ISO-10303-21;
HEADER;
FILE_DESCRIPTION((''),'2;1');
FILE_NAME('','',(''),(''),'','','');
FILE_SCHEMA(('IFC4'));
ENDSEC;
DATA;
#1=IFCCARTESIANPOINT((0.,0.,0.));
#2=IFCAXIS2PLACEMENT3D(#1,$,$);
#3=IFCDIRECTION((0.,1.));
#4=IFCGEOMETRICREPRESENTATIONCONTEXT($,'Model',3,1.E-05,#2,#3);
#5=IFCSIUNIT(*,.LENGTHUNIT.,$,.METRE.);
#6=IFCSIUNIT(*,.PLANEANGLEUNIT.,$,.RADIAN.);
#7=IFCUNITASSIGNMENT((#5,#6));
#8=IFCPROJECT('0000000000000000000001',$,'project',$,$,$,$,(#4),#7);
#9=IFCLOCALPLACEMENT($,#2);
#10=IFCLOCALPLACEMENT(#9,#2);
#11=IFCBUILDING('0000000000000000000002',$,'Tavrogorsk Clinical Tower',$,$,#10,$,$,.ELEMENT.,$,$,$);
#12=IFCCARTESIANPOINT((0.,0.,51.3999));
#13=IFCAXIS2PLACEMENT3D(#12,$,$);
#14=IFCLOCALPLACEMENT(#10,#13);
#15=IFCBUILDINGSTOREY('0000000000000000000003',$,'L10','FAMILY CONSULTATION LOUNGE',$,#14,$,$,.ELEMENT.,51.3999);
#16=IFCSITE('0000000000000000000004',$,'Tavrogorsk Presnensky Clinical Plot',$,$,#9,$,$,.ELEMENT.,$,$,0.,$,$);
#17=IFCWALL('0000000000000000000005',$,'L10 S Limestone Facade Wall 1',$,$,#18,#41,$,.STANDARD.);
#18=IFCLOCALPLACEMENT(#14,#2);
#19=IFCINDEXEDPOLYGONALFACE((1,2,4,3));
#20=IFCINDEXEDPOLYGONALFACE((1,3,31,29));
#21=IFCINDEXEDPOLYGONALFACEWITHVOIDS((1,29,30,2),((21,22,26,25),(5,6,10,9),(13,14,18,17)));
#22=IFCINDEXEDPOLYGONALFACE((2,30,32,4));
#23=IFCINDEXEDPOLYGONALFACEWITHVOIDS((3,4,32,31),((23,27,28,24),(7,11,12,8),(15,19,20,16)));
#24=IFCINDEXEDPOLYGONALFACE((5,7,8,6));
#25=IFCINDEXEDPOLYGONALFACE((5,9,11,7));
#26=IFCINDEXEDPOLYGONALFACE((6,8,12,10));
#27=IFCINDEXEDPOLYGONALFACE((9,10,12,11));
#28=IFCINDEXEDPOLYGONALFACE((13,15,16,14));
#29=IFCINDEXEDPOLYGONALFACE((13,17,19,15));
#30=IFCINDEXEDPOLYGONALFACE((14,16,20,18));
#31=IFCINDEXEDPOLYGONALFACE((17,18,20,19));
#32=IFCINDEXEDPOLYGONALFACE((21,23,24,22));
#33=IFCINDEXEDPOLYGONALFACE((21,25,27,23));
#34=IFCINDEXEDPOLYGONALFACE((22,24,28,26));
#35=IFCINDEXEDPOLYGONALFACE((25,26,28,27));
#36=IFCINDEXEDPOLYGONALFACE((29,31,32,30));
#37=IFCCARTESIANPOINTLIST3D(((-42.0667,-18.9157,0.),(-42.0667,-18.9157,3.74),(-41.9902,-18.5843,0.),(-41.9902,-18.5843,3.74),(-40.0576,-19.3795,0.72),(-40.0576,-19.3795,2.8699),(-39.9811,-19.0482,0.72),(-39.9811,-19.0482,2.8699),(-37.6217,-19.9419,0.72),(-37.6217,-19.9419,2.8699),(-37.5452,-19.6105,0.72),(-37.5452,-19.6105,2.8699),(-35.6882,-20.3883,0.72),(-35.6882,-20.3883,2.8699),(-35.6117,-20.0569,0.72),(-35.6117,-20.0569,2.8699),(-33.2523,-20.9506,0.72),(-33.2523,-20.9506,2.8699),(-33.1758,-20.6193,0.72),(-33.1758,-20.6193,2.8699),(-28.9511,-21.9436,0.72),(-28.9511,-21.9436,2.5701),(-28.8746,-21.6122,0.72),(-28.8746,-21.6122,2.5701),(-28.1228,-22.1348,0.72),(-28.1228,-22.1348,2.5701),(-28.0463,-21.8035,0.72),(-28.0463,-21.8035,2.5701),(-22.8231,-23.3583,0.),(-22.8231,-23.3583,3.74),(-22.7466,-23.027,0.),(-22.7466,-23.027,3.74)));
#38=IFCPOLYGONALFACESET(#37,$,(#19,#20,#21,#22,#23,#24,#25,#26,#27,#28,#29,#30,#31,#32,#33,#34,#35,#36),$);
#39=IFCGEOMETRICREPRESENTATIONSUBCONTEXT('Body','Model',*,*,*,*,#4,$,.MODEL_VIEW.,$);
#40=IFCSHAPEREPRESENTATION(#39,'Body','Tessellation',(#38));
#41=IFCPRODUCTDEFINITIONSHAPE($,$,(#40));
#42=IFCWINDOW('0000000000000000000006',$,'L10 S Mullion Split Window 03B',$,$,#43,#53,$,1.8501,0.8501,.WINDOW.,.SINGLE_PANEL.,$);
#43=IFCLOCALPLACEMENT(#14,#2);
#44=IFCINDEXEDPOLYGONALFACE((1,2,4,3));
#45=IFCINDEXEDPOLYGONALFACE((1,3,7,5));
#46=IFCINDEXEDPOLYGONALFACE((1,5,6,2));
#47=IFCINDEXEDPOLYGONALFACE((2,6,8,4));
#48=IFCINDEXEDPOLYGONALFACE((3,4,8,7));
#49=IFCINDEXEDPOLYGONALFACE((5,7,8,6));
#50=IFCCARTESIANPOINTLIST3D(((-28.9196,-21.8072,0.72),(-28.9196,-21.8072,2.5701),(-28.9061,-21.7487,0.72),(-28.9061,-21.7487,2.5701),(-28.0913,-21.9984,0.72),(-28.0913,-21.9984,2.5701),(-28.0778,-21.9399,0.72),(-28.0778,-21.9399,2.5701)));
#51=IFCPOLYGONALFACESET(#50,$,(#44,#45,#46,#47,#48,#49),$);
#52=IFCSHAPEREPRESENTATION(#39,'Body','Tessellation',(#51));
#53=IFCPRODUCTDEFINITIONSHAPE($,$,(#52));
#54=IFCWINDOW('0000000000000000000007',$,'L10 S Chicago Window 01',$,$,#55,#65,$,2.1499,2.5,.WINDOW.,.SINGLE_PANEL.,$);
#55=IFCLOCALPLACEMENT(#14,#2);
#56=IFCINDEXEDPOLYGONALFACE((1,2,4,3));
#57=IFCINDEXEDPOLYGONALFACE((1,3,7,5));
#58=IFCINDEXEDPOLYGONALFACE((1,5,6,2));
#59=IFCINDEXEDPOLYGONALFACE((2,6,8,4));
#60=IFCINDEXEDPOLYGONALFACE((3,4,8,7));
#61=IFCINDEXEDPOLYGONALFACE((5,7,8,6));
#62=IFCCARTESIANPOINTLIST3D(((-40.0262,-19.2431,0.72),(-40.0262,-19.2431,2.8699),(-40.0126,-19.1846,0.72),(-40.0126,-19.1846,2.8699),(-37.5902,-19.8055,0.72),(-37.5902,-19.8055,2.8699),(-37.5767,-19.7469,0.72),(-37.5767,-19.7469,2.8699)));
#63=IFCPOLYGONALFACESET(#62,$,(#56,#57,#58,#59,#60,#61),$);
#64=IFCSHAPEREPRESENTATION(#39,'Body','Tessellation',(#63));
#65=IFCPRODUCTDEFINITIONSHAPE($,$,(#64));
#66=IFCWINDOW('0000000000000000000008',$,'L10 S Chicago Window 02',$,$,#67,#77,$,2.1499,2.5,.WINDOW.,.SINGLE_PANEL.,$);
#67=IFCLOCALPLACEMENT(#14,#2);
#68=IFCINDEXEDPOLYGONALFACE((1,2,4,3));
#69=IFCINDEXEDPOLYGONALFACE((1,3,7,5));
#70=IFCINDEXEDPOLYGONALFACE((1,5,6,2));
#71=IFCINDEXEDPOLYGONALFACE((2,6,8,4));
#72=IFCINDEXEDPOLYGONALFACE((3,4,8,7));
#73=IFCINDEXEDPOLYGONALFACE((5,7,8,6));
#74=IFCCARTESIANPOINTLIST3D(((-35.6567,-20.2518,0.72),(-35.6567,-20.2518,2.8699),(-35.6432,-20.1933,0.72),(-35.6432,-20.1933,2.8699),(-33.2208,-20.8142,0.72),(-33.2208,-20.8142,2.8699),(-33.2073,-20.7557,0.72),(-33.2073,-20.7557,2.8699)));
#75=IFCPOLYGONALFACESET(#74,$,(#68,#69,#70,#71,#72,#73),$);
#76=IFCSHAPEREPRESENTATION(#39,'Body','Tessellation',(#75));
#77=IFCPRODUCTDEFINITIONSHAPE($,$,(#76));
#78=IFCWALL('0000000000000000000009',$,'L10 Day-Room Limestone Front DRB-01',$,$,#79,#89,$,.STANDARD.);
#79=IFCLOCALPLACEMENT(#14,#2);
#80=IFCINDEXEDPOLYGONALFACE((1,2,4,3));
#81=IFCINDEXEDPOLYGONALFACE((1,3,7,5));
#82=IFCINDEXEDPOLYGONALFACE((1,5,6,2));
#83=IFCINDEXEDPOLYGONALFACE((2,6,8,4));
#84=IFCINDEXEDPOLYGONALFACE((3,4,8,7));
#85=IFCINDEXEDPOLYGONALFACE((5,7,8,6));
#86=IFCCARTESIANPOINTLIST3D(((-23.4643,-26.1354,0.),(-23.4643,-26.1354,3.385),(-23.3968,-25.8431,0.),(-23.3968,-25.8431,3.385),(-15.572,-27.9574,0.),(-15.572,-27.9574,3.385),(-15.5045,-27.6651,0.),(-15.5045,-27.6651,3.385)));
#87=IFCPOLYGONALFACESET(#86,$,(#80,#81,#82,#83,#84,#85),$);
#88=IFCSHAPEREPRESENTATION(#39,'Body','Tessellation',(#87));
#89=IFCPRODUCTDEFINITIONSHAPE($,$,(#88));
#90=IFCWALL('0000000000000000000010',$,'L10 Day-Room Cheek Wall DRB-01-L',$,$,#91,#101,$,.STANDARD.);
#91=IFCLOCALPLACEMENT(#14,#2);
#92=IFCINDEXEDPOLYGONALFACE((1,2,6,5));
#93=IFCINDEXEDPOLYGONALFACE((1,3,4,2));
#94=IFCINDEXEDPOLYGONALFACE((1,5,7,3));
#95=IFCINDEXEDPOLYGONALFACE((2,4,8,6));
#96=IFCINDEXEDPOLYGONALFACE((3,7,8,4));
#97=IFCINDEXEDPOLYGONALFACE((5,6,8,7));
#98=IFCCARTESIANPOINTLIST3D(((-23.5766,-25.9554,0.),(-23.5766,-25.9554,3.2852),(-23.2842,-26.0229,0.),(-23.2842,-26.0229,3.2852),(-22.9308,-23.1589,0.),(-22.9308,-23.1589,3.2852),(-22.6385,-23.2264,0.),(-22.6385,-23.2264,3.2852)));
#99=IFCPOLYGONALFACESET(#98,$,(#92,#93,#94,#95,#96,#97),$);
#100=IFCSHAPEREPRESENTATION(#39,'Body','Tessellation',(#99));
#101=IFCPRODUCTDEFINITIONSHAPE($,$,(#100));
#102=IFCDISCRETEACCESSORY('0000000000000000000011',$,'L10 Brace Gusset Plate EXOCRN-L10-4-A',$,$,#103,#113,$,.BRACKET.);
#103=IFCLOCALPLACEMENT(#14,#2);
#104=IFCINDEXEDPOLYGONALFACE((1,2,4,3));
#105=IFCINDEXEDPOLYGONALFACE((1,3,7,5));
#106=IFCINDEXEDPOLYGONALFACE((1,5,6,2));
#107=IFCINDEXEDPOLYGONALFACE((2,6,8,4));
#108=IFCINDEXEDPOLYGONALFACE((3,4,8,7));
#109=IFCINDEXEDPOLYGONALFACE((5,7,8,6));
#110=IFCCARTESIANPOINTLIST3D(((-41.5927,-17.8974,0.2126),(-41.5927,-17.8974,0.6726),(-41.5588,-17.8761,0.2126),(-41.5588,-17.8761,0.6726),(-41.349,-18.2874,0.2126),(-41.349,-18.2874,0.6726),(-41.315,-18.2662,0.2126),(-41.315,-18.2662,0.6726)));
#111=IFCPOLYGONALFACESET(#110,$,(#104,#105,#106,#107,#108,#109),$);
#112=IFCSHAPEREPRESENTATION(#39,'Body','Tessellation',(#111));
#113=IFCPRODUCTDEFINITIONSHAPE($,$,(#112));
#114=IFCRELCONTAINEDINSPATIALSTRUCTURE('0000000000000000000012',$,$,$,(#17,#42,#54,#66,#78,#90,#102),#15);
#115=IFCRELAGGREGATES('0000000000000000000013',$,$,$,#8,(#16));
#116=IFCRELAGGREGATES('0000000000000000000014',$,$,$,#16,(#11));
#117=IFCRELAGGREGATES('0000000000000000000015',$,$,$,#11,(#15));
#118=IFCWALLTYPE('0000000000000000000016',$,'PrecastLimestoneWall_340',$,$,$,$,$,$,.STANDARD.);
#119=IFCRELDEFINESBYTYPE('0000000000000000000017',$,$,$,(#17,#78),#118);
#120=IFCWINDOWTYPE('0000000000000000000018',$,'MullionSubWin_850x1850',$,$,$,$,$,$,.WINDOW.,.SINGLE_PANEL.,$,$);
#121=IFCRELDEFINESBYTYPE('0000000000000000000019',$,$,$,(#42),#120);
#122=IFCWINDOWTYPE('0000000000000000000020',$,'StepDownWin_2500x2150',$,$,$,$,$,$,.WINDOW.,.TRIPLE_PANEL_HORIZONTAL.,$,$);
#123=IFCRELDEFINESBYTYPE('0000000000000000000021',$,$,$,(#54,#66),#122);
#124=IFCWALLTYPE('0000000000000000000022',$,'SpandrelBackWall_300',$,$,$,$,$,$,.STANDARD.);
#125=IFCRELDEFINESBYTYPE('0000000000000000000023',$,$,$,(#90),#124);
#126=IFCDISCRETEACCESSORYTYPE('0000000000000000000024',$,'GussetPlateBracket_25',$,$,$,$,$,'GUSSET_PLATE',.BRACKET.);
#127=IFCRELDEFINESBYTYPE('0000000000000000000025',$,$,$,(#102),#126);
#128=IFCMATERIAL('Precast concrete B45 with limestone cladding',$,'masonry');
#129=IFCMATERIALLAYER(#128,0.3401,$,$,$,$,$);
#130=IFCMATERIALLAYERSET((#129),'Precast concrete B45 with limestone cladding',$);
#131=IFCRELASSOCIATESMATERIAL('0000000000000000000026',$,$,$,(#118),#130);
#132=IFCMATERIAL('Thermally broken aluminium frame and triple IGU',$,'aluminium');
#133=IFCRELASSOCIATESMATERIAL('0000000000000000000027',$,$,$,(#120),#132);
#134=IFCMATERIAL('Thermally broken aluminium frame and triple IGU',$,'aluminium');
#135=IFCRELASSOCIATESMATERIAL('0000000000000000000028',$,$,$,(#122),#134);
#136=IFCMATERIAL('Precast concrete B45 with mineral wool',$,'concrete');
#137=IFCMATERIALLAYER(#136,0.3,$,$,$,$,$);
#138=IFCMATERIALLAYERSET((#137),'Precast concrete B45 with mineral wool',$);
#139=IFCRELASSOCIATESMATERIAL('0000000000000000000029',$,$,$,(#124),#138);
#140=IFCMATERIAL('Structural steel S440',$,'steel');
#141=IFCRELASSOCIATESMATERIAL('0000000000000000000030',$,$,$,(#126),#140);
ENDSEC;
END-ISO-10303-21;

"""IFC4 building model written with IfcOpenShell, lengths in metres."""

from ifc_helpers import new_model, si_unit, direction, frame, frame_2d, origin, origin_2d, place, context, subcontext, project, spatial, rectangle, extrude, material, layer, layer_set, type_object, element, fill, save


model = new_model("IFC4")

# Units and contexts
model_context = context("Model", 3, precision=1e-05, world=origin(), true_north=direction((0.0, 1.0)))
body_context = subcontext(model_context, "Body", "Model", "MODEL_VIEW")
ifc_project = project(units=[si_unit("LENGTHUNIT", "METRE"), si_unit("PLANEANGLEUNIT", "RADIAN")], contexts=[model_context])

# Site, building, storey
site_placement = place(None, origin())
site = spatial("IfcSite", under=ifc_project, at=site_placement, Name="Tavrogorsk Presnensky Clinical Plot", CompositionType="ELEMENT", RefElevation=0.0)
building_placement = place(site_placement, origin())
building = spatial("IfcBuilding", under=site, at=building_placement, Name="Tavrogorsk Clinical Tower", CompositionType="ELEMENT")
storey_placement = place(building_placement, frame((0.0, 0.0, 51.3999)))
storey = spatial("IfcBuildingStorey", under=building, at=storey_placement, Name="L10", Description="FAMILY CONSULTATION LOUNGE", CompositionType="ELEMENT", Elevation=51.3999)

# Wall, openings, windows
ifc_material_1 = material(Name="Precast concrete B45 with limestone cladding", Category="masonry")
ifc_layer_1 = layer(ifc_material_1, 0.3401)
ifc_layer_set_1 = layer_set([ifc_layer_1], Name="Precast concrete B45 with limestone cladding")
wall_type_1 = type_object("IfcWallType", Name="PrecastLimestoneWall_340", PredefinedType="STANDARD", material=ifc_layer_set_1)
wall_1_placement = place(storey_placement, frame((-42.0286, -18.75, 0.0), z_axis=(0.0, 0.0, 1.0), x_axis=(0.974371, -0.224945, 0.0)))
wall_1 = element("IfcWall", 1, at=wall_1_placement, inside=storey, type_object=wall_type_1, Name="L10 S Limestone Facade Wall 1", PredefinedType="STANDARD", context=body_context, shape_type="SweptSolid", body=[
    extrude(rectangle(XDim=19.7498, YDim=0.3401, at=frame_2d((9.875, 0.0))), origin(), (0.0, 0.0, 1.0), 3.74),
])
opening_1_placement = place(wall_1_placement, frame((2.062, 0.0, 0.72)))
opening_1 = element("IfcOpeningElement", 2, at=opening_1_placement, cuts=wall_1, PredefinedType="OPENING", context=body_context, shape_type="SweptSolid", body=[
    extrude(rectangle(XDim=2.5, YDim=2.1499, at=frame_2d((1.25, 1.075))), frame((0.0, 0.1799, 0.0), z_axis=(0.0, -1.0, 0.0), x_axis=(1.0, 0.0, 0.0)), (0.0, 0.0, 1.0), 0.3601),
])
opening_2_placement = place(wall_1_placement, frame((6.5464, 0.0, 0.72)))
opening_2 = element("IfcOpeningElement", 3, at=opening_2_placement, cuts=wall_1, PredefinedType="OPENING", context=body_context, shape_type="SweptSolid", body=[
    extrude(rectangle(XDim=2.5, YDim=2.1499, at=frame_2d((1.25, 1.075))), frame((0.0, 0.1799, 0.0), z_axis=(0.0, -1.0, 0.0), x_axis=(1.0, 0.0, 0.0)), (0.0, 0.0, 1.0), 0.3601),
])
opening_3_placement = place(wall_1_placement, frame((13.4607, 0.0, 0.72)))
opening_3 = element("IfcOpeningElement", 4, at=opening_3_placement, cuts=wall_1, PredefinedType="OPENING", context=body_context, shape_type="SweptSolid", body=[
    extrude(rectangle(XDim=0.8501, YDim=1.8501, at=frame_2d((0.425, 0.925))), frame((0.0, 0.1799, 0.0), z_axis=(0.0, -1.0, 0.0), x_axis=(1.0, 0.0, 0.0)), (0.0, 0.0, 1.0), 0.3601),
])
ifc_material_2 = material(Name="Thermally broken aluminium frame and triple IGU", Category="aluminium")
window_type_1 = type_object("IfcWindowType", Name="MullionSubWin_850x1850", PartitioningType="SINGLE_PANEL", PredefinedType="WINDOW", material=ifc_material_2)
window_1_placement = place(opening_3_placement, origin())
window_1 = element("IfcWindow", 5, at=window_1_placement, inside=storey, type_object=window_type_1, Name="L10 S Mullion Split Window 03B", OverallHeight=1.8501, OverallWidth=0.8501, PartitioningType="SINGLE_PANEL", PredefinedType="WINDOW", context=body_context, shape_type="SweptSolid", body=[
    extrude(rectangle(XDim=0.8501, YDim=1.8501, at=frame_2d((0.425, 0.925))), frame((0.0, 0.03, 0.0), z_axis=(0.0, -1.0, 0.0), x_axis=(1.0, 0.0, 0.0)), (0.0, 0.0, 1.0), 0.0601),
])
fill(opening_3, window_1)
ifc_material_3 = material(Name="Thermally broken aluminium frame and triple IGU", Category="aluminium")
window_type_2 = type_object("IfcWindowType", Name="StepDownWin_2500x2150", PartitioningType="TRIPLE_PANEL_HORIZONTAL", PredefinedType="WINDOW", material=ifc_material_3)
window_2_placement = place(opening_1_placement, origin())
window_2 = element("IfcWindow", 6, at=window_2_placement, inside=storey, type_object=window_type_2, Name="L10 S Chicago Window 01", OverallHeight=2.1499, OverallWidth=2.5, PartitioningType="SINGLE_PANEL", PredefinedType="WINDOW", context=body_context, shape_type="SweptSolid", body=[
    extrude(rectangle(XDim=2.5, YDim=2.1499, at=frame_2d((1.25, 1.075))), frame((0.0, 0.03, 0.0), z_axis=(0.0, -1.0, 0.0), x_axis=(1.0, 0.0, 0.0)), (0.0, 0.0, 1.0), 0.0601),
])
fill(opening_1, window_2)
window_3_placement = place(opening_2_placement, origin())
window_3 = element("IfcWindow", 7, at=window_3_placement, inside=storey, type_object=window_type_2, Name="L10 S Chicago Window 02", OverallHeight=2.1499, OverallWidth=2.5, PartitioningType="SINGLE_PANEL", PredefinedType="WINDOW", context=body_context, shape_type="SweptSolid", body=[
    extrude(rectangle(XDim=2.5, YDim=2.1499, at=frame_2d((1.25, 1.075))), frame((0.0, 0.03, 0.0), z_axis=(0.0, -1.0, 0.0), x_axis=(1.0, 0.0, 0.0)), (0.0, 0.0, 1.0), 0.0601),
])
fill(opening_2, window_3)

# Walls
wall_2_placement = place(storey_placement, frame((-23.4304, -25.9893, 0.0), z_axis=(0.0, 0.0, 1.0), x_axis=(0.974372, -0.224943, 0.0)))
element("IfcWall", 8, at=wall_2_placement, inside=storey, type_object=wall_type_1, Name="L10 Day-Room Limestone Front DRB-01", PredefinedType="STANDARD", context=body_context, shape_type="SweptSolid", body=[
    extrude(rectangle(XDim=8.0999, YDim=0.3, at=frame_2d((4.0498, 0.0))), origin(), (0.0, 0.0, 1.0), 3.385),
])
ifc_material_4 = material(Name="Precast concrete B45 with mineral wool", Category="concrete")
ifc_layer_2 = layer(ifc_material_4, 0.3)
ifc_layer_set_2 = layer_set([ifc_layer_2], Name="Precast concrete B45 with mineral wool")
wall_type_2 = type_object("IfcWallType", Name="SpandrelBackWall_300", PredefinedType="STANDARD", material=ifc_layer_set_2)
wall_3_placement = place(storey_placement, frame((-22.7847, -23.1926, 0.0), z_axis=(0.0, 0.0, 1.0), x_axis=(-0.224984, -0.974363, 0.0)))
element("IfcWall", 9, at=wall_3_placement, inside=storey, type_object=wall_type_2, Name="L10 Day-Room Cheek Wall DRB-01-L", PredefinedType="STANDARD", context=body_context, shape_type="SweptSolid", body=[
    extrude(rectangle(XDim=2.8701, YDim=0.3, at=frame_2d((1.4351, 0.0))), origin(), (0.0, 0.0, 1.0), 3.2852),
])

# Discrete accessory
ifc_material_5 = material(Name="Structural steel S440", Category="steel")
discrete_accessory_type = type_object("IfcDiscreteAccessoryType", Name="GussetPlateBracket_25", ElementType="GUSSET_PLATE", PredefinedType="BRACKET", material=ifc_material_5)
discrete_accessory_placement = place(storey_placement, frame((-41.4539, -18.0818, 0.2126), z_axis=(0.0, 0.0, 1.0), x_axis=(-0.529919, 0.848048, 0.0)))
element("IfcDiscreteAccessory", 10, at=discrete_accessory_placement, inside=storey, type_object=discrete_accessory_type, Name="L10 Brace Gusset Plate EXOCRN-L10-4-A", PredefinedType="BRACKET", context=body_context, shape_type="SweptSolid", body=[
    extrude(rectangle(XDim=0.46, YDim=0.04, at=origin_2d()), origin(), (0.0, 0.0, 1.0), 0.46),
])

save(model, "model.ifc")
